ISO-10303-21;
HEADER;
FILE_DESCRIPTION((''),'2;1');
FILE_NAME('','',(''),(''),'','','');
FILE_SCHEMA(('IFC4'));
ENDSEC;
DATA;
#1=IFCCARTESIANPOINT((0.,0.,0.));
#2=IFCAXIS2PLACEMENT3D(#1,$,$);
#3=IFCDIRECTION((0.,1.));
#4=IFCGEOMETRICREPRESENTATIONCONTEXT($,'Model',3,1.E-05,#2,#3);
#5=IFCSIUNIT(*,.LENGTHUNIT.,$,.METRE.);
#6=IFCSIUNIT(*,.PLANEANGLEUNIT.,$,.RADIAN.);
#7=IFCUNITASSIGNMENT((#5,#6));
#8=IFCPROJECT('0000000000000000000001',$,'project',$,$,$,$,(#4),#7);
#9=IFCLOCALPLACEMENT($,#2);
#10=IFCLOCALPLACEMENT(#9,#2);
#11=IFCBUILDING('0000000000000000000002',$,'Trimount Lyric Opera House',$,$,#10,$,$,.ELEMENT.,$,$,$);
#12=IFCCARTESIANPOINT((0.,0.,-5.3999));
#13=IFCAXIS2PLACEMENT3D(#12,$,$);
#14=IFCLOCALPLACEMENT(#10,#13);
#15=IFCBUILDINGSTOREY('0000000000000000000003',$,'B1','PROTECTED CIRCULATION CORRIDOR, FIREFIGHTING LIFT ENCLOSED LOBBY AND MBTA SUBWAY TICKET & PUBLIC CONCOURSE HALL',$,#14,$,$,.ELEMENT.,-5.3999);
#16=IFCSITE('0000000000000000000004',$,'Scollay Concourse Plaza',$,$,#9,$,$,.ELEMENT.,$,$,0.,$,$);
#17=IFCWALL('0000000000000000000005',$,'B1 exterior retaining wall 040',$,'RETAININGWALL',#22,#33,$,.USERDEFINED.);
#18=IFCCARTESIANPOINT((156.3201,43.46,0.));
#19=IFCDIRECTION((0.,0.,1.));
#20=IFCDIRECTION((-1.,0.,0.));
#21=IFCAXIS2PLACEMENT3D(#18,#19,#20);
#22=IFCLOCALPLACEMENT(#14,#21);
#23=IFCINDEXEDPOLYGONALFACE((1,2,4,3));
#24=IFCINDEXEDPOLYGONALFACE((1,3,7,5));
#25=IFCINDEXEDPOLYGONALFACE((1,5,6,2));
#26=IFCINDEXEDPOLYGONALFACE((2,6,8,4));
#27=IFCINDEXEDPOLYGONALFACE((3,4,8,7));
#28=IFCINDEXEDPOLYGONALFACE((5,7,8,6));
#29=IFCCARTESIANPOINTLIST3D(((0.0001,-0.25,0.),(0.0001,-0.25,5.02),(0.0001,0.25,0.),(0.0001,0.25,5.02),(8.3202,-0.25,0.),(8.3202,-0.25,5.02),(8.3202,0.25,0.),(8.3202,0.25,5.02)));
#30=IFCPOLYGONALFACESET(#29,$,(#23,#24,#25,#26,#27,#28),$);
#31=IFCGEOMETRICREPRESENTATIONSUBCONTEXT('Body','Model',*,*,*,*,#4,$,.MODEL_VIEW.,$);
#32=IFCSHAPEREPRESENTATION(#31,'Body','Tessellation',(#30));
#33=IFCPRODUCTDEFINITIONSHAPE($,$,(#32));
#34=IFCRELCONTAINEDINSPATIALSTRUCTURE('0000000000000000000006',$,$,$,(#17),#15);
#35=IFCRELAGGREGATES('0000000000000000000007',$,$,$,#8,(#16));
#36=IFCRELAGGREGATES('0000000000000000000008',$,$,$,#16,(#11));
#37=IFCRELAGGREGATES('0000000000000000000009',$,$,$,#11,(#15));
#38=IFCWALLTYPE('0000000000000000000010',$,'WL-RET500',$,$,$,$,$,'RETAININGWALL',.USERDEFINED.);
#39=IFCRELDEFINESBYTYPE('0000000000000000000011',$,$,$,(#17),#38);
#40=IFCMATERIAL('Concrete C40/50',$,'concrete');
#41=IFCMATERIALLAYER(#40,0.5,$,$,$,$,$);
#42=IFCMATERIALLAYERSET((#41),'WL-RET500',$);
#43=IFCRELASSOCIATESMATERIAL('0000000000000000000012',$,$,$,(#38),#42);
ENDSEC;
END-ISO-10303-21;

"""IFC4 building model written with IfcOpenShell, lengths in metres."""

from ifc_helpers import new_model, si_unit, direction, frame, frame_2d, origin, place, context, subcontext, project, spatial, rectangle, extrude, material, layer, layer_set, type_object, element, save


model = new_model("IFC4")

# Units and contexts
model_context = context("Model", 3, precision=1e-05, world=origin(), true_north=direction((0.0, 1.0)))
body_context = subcontext(model_context, "Body", "Model", "MODEL_VIEW")
ifc_project = project(units=[si_unit("LENGTHUNIT", "METRE"), si_unit("PLANEANGLEUNIT", "RADIAN")], contexts=[model_context])

# Site, building, storey
site_placement = place(None, origin())
site = spatial("IfcSite", under=ifc_project, at=site_placement, Name="Scollay Concourse Plaza", CompositionType="ELEMENT", RefElevation=0.0)
building_placement = place(site_placement, origin())
building = spatial("IfcBuilding", under=site, at=building_placement, Name="Trimount Lyric Opera House", CompositionType="ELEMENT")
storey_placement = place(building_placement, frame((0.0, 0.0, -5.3999)))
storey = spatial("IfcBuildingStorey", under=building, at=storey_placement, Name="B1", Description="PROTECTED CIRCULATION CORRIDOR, FIREFIGHTING LIFT ENCLOSED LOBBY AND MBTA SUBWAY TICKET & PUBLIC CONCOURSE HALL", CompositionType="ELEMENT", Elevation=-5.3999)

# Wall
ifc_material_1 = material(Name="Concrete C40/50", Category="concrete")
ifc_layer = layer(ifc_material_1, 0.5)
ifc_layer_set = layer_set([ifc_layer], Name="WL-RET500")
wall_type = type_object("IfcWallType", Name="WL-RET500", ElementType="RETAININGWALL", PredefinedType="USERDEFINED", material=ifc_layer_set)
wall_1_placement = place(storey_placement, frame((156.3201, 43.46, 0.0), z_axis=(0.0, 0.0, 1.0), x_axis=(-1.0, 0.0, 0.0)))
element("IfcWall", 1, at=wall_1_placement, inside=storey, type_object=wall_type, Name="B1 exterior retaining wall 040", ObjectType="RETAININGWALL", PredefinedType="USERDEFINED", context=body_context, shape_type="SweptSolid", body=[
    extrude(rectangle(XDim=8.3201, YDim=0.5, at=frame_2d((4.1602, 0.0))), origin(), (0.0, 0.0, 1.0), 5.02),
])

save(model, "model.ifc")
